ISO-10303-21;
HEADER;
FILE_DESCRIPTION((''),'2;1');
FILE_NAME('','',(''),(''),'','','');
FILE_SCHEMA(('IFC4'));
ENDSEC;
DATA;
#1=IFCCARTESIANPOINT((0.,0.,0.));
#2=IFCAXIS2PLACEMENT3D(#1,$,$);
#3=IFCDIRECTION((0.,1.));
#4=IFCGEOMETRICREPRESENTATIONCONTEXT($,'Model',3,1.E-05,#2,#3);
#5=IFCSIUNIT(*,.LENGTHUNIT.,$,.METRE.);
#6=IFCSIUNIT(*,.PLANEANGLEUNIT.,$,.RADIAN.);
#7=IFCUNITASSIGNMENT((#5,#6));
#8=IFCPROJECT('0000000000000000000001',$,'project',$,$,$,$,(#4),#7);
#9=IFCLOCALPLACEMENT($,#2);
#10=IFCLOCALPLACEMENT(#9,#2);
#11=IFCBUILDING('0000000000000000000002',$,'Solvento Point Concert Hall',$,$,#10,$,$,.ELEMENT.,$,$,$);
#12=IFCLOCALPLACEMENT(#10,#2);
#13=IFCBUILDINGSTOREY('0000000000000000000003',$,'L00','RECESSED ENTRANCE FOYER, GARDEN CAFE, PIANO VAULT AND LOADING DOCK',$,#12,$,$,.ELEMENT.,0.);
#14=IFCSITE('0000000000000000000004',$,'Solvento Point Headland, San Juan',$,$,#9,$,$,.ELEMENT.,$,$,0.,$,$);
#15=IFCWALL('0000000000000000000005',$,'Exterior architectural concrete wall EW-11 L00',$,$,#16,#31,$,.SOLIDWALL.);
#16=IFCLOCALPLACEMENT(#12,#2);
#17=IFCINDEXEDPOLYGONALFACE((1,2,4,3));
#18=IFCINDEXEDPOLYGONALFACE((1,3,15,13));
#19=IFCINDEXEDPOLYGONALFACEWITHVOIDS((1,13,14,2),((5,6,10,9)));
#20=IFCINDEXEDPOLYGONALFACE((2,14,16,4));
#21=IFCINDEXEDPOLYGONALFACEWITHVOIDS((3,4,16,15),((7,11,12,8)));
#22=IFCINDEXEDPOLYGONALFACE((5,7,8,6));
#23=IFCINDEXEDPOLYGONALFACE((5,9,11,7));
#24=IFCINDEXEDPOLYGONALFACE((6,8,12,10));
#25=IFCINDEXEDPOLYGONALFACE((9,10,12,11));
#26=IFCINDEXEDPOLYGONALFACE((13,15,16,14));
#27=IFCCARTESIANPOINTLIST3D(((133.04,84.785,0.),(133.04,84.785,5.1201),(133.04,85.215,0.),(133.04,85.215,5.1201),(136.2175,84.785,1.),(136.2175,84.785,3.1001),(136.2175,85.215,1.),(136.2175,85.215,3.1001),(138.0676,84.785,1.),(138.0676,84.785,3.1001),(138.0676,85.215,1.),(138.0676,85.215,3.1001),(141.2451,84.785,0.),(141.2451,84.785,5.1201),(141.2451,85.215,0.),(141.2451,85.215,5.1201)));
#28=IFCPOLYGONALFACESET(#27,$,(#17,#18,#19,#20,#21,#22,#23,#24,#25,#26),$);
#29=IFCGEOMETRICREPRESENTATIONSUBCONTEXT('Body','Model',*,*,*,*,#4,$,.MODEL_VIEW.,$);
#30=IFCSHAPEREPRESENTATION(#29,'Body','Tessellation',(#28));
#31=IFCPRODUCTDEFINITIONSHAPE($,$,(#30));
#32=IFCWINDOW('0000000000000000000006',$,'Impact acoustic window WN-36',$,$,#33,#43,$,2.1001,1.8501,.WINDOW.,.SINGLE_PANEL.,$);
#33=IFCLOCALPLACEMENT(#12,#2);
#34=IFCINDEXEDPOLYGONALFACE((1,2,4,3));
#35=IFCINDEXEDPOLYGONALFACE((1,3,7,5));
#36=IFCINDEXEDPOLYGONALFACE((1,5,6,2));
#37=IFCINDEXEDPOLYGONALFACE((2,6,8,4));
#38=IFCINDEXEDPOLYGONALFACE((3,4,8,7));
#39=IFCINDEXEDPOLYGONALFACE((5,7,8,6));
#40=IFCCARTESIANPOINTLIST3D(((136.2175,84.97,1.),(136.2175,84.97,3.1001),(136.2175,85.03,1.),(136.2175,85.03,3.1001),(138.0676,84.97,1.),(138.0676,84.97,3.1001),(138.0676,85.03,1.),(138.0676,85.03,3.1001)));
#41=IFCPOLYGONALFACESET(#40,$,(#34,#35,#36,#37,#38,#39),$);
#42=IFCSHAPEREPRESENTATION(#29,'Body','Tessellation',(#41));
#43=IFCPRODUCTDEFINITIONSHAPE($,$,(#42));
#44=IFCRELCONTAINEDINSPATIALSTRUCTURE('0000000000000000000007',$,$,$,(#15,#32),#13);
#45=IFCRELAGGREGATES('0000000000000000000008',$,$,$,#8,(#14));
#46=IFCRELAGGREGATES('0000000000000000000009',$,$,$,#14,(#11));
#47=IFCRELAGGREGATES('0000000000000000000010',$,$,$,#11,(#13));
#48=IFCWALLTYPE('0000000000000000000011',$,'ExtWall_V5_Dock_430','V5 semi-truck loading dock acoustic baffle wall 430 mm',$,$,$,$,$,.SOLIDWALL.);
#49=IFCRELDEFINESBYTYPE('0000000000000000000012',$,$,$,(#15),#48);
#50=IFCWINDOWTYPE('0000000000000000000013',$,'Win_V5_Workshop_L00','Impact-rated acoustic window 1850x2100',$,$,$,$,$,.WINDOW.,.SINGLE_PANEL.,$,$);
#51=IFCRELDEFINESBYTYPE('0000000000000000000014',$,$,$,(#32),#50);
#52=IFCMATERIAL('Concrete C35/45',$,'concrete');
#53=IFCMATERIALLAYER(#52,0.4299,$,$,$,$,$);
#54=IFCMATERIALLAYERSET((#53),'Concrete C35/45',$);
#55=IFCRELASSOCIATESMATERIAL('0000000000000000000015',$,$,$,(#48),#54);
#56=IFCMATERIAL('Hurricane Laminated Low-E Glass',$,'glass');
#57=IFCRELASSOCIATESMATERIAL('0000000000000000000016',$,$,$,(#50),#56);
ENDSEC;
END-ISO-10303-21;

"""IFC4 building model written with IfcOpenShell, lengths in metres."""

from ifc_helpers import new_model, si_unit, direction, frame, frame_2d, origin, place, context, subcontext, project, spatial, rectangle, extrude, material, layer, layer_set, type_object, element, fill, save


model = new_model("IFC4")

# Units and contexts
model_context = context("Model", 3, precision=1e-05, world=origin(), true_north=direction((0.0, 1.0)))
body_context = subcontext(model_context, "Body", "Model", "MODEL_VIEW")
ifc_project = project(units=[si_unit("LENGTHUNIT", "METRE"), si_unit("PLANEANGLEUNIT", "RADIAN")], contexts=[model_context])

# Site, building, storey
site_placement = place(None, origin())
site = spatial("IfcSite", under=ifc_project, at=site_placement, Name="Solvento Point Headland, San Juan", CompositionType="ELEMENT", RefElevation=0.0)
building_placement = place(site_placement, origin())
building = spatial("IfcBuilding", under=site, at=building_placement, Name="Solvento Point Concert Hall", CompositionType="ELEMENT")
storey_placement = place(building_placement, origin())
storey = spatial("IfcBuildingStorey", under=building, at=storey_placement, Name="L00", Description="RECESSED ENTRANCE FOYER, GARDEN CAFE, PIANO VAULT AND LOADING DOCK", CompositionType="ELEMENT", Elevation=0.0)

# Wall, opening, window
ifc_material_1 = material(Name="Concrete C35/45", Category="concrete")
ifc_layer_1 = layer(ifc_material_1, 0.4299)
ifc_layer_set_1 = layer_set([ifc_layer_1], Name="Concrete C35/45")
wall_type_1 = type_object("IfcWallType", Name="ExtWall_V5_Dock_430", Description="V5 semi-truck loading dock acoustic baffle wall 430 mm", PredefinedType="SOLIDWALL", material=ifc_layer_set_1)
wall_1_placement = place(storey_placement, frame((141.2451, 85.0, 0.0), z_axis=(0.0, 0.0, 1.0), x_axis=(-1.0, 0.0, 0.0)))
wall_1 = element("IfcWall", 1, at=wall_1_placement, inside=storey, type_object=wall_type_1, Name="Exterior architectural concrete wall EW-11 L00", PredefinedType="SOLIDWALL", context=body_context, shape_type="SweptSolid", body=[
    extrude(rectangle(XDim=8.2051, YDim=0.4299, at=frame_2d((4.1025, 0.0))), origin(), (0.0, 0.0, 1.0), 5.1201),
])
opening_1_placement = place(wall_1_placement, frame((3.1775, 0.0, 1.0)))
opening_1 = element("IfcOpeningElement", 2, at=opening_1_placement, cuts=wall_1, PredefinedType="OPENING", context=body_context, shape_type="SweptSolid", body=[
    extrude(rectangle(XDim=1.8501, YDim=2.1001, at=frame_2d((0.925, 1.05))), frame((0.0, 0.2249, 0.0), z_axis=(0.0, -1.0, 0.0), x_axis=(1.0, 0.0, 0.0)), (0.0, 0.0, 1.0), 0.45),
])
ifc_material_2 = material(Name="Hurricane Laminated Low-E Glass", Category="glass")
window_type_1 = type_object("IfcWindowType", Name="Win_V5_Workshop_L00", Description="Impact-rated acoustic window 1850x2100", PartitioningType="SINGLE_PANEL", PredefinedType="WINDOW", material=ifc_material_2)
window_1_placement = place(opening_1_placement, origin())
window_1 = element("IfcWindow", 3, at=window_1_placement, inside=storey, type_object=window_type_1, Name="Impact acoustic window WN-36", OverallHeight=2.1001, OverallWidth=1.8501, PartitioningType="SINGLE_PANEL", PredefinedType="WINDOW", context=body_context, shape_type="SweptSolid", body=[
    extrude(rectangle(XDim=1.8501, YDim=2.1001, at=frame_2d((0.925, 1.05))), frame((0.0, 0.03, 0.0), z_axis=(0.0, -1.0, 0.0), x_axis=(1.0, 0.0, 0.0)), (0.0, 0.0, 1.0), 0.0601),
])
fill(opening_1, window_1)

save(model, "model.ifc")
